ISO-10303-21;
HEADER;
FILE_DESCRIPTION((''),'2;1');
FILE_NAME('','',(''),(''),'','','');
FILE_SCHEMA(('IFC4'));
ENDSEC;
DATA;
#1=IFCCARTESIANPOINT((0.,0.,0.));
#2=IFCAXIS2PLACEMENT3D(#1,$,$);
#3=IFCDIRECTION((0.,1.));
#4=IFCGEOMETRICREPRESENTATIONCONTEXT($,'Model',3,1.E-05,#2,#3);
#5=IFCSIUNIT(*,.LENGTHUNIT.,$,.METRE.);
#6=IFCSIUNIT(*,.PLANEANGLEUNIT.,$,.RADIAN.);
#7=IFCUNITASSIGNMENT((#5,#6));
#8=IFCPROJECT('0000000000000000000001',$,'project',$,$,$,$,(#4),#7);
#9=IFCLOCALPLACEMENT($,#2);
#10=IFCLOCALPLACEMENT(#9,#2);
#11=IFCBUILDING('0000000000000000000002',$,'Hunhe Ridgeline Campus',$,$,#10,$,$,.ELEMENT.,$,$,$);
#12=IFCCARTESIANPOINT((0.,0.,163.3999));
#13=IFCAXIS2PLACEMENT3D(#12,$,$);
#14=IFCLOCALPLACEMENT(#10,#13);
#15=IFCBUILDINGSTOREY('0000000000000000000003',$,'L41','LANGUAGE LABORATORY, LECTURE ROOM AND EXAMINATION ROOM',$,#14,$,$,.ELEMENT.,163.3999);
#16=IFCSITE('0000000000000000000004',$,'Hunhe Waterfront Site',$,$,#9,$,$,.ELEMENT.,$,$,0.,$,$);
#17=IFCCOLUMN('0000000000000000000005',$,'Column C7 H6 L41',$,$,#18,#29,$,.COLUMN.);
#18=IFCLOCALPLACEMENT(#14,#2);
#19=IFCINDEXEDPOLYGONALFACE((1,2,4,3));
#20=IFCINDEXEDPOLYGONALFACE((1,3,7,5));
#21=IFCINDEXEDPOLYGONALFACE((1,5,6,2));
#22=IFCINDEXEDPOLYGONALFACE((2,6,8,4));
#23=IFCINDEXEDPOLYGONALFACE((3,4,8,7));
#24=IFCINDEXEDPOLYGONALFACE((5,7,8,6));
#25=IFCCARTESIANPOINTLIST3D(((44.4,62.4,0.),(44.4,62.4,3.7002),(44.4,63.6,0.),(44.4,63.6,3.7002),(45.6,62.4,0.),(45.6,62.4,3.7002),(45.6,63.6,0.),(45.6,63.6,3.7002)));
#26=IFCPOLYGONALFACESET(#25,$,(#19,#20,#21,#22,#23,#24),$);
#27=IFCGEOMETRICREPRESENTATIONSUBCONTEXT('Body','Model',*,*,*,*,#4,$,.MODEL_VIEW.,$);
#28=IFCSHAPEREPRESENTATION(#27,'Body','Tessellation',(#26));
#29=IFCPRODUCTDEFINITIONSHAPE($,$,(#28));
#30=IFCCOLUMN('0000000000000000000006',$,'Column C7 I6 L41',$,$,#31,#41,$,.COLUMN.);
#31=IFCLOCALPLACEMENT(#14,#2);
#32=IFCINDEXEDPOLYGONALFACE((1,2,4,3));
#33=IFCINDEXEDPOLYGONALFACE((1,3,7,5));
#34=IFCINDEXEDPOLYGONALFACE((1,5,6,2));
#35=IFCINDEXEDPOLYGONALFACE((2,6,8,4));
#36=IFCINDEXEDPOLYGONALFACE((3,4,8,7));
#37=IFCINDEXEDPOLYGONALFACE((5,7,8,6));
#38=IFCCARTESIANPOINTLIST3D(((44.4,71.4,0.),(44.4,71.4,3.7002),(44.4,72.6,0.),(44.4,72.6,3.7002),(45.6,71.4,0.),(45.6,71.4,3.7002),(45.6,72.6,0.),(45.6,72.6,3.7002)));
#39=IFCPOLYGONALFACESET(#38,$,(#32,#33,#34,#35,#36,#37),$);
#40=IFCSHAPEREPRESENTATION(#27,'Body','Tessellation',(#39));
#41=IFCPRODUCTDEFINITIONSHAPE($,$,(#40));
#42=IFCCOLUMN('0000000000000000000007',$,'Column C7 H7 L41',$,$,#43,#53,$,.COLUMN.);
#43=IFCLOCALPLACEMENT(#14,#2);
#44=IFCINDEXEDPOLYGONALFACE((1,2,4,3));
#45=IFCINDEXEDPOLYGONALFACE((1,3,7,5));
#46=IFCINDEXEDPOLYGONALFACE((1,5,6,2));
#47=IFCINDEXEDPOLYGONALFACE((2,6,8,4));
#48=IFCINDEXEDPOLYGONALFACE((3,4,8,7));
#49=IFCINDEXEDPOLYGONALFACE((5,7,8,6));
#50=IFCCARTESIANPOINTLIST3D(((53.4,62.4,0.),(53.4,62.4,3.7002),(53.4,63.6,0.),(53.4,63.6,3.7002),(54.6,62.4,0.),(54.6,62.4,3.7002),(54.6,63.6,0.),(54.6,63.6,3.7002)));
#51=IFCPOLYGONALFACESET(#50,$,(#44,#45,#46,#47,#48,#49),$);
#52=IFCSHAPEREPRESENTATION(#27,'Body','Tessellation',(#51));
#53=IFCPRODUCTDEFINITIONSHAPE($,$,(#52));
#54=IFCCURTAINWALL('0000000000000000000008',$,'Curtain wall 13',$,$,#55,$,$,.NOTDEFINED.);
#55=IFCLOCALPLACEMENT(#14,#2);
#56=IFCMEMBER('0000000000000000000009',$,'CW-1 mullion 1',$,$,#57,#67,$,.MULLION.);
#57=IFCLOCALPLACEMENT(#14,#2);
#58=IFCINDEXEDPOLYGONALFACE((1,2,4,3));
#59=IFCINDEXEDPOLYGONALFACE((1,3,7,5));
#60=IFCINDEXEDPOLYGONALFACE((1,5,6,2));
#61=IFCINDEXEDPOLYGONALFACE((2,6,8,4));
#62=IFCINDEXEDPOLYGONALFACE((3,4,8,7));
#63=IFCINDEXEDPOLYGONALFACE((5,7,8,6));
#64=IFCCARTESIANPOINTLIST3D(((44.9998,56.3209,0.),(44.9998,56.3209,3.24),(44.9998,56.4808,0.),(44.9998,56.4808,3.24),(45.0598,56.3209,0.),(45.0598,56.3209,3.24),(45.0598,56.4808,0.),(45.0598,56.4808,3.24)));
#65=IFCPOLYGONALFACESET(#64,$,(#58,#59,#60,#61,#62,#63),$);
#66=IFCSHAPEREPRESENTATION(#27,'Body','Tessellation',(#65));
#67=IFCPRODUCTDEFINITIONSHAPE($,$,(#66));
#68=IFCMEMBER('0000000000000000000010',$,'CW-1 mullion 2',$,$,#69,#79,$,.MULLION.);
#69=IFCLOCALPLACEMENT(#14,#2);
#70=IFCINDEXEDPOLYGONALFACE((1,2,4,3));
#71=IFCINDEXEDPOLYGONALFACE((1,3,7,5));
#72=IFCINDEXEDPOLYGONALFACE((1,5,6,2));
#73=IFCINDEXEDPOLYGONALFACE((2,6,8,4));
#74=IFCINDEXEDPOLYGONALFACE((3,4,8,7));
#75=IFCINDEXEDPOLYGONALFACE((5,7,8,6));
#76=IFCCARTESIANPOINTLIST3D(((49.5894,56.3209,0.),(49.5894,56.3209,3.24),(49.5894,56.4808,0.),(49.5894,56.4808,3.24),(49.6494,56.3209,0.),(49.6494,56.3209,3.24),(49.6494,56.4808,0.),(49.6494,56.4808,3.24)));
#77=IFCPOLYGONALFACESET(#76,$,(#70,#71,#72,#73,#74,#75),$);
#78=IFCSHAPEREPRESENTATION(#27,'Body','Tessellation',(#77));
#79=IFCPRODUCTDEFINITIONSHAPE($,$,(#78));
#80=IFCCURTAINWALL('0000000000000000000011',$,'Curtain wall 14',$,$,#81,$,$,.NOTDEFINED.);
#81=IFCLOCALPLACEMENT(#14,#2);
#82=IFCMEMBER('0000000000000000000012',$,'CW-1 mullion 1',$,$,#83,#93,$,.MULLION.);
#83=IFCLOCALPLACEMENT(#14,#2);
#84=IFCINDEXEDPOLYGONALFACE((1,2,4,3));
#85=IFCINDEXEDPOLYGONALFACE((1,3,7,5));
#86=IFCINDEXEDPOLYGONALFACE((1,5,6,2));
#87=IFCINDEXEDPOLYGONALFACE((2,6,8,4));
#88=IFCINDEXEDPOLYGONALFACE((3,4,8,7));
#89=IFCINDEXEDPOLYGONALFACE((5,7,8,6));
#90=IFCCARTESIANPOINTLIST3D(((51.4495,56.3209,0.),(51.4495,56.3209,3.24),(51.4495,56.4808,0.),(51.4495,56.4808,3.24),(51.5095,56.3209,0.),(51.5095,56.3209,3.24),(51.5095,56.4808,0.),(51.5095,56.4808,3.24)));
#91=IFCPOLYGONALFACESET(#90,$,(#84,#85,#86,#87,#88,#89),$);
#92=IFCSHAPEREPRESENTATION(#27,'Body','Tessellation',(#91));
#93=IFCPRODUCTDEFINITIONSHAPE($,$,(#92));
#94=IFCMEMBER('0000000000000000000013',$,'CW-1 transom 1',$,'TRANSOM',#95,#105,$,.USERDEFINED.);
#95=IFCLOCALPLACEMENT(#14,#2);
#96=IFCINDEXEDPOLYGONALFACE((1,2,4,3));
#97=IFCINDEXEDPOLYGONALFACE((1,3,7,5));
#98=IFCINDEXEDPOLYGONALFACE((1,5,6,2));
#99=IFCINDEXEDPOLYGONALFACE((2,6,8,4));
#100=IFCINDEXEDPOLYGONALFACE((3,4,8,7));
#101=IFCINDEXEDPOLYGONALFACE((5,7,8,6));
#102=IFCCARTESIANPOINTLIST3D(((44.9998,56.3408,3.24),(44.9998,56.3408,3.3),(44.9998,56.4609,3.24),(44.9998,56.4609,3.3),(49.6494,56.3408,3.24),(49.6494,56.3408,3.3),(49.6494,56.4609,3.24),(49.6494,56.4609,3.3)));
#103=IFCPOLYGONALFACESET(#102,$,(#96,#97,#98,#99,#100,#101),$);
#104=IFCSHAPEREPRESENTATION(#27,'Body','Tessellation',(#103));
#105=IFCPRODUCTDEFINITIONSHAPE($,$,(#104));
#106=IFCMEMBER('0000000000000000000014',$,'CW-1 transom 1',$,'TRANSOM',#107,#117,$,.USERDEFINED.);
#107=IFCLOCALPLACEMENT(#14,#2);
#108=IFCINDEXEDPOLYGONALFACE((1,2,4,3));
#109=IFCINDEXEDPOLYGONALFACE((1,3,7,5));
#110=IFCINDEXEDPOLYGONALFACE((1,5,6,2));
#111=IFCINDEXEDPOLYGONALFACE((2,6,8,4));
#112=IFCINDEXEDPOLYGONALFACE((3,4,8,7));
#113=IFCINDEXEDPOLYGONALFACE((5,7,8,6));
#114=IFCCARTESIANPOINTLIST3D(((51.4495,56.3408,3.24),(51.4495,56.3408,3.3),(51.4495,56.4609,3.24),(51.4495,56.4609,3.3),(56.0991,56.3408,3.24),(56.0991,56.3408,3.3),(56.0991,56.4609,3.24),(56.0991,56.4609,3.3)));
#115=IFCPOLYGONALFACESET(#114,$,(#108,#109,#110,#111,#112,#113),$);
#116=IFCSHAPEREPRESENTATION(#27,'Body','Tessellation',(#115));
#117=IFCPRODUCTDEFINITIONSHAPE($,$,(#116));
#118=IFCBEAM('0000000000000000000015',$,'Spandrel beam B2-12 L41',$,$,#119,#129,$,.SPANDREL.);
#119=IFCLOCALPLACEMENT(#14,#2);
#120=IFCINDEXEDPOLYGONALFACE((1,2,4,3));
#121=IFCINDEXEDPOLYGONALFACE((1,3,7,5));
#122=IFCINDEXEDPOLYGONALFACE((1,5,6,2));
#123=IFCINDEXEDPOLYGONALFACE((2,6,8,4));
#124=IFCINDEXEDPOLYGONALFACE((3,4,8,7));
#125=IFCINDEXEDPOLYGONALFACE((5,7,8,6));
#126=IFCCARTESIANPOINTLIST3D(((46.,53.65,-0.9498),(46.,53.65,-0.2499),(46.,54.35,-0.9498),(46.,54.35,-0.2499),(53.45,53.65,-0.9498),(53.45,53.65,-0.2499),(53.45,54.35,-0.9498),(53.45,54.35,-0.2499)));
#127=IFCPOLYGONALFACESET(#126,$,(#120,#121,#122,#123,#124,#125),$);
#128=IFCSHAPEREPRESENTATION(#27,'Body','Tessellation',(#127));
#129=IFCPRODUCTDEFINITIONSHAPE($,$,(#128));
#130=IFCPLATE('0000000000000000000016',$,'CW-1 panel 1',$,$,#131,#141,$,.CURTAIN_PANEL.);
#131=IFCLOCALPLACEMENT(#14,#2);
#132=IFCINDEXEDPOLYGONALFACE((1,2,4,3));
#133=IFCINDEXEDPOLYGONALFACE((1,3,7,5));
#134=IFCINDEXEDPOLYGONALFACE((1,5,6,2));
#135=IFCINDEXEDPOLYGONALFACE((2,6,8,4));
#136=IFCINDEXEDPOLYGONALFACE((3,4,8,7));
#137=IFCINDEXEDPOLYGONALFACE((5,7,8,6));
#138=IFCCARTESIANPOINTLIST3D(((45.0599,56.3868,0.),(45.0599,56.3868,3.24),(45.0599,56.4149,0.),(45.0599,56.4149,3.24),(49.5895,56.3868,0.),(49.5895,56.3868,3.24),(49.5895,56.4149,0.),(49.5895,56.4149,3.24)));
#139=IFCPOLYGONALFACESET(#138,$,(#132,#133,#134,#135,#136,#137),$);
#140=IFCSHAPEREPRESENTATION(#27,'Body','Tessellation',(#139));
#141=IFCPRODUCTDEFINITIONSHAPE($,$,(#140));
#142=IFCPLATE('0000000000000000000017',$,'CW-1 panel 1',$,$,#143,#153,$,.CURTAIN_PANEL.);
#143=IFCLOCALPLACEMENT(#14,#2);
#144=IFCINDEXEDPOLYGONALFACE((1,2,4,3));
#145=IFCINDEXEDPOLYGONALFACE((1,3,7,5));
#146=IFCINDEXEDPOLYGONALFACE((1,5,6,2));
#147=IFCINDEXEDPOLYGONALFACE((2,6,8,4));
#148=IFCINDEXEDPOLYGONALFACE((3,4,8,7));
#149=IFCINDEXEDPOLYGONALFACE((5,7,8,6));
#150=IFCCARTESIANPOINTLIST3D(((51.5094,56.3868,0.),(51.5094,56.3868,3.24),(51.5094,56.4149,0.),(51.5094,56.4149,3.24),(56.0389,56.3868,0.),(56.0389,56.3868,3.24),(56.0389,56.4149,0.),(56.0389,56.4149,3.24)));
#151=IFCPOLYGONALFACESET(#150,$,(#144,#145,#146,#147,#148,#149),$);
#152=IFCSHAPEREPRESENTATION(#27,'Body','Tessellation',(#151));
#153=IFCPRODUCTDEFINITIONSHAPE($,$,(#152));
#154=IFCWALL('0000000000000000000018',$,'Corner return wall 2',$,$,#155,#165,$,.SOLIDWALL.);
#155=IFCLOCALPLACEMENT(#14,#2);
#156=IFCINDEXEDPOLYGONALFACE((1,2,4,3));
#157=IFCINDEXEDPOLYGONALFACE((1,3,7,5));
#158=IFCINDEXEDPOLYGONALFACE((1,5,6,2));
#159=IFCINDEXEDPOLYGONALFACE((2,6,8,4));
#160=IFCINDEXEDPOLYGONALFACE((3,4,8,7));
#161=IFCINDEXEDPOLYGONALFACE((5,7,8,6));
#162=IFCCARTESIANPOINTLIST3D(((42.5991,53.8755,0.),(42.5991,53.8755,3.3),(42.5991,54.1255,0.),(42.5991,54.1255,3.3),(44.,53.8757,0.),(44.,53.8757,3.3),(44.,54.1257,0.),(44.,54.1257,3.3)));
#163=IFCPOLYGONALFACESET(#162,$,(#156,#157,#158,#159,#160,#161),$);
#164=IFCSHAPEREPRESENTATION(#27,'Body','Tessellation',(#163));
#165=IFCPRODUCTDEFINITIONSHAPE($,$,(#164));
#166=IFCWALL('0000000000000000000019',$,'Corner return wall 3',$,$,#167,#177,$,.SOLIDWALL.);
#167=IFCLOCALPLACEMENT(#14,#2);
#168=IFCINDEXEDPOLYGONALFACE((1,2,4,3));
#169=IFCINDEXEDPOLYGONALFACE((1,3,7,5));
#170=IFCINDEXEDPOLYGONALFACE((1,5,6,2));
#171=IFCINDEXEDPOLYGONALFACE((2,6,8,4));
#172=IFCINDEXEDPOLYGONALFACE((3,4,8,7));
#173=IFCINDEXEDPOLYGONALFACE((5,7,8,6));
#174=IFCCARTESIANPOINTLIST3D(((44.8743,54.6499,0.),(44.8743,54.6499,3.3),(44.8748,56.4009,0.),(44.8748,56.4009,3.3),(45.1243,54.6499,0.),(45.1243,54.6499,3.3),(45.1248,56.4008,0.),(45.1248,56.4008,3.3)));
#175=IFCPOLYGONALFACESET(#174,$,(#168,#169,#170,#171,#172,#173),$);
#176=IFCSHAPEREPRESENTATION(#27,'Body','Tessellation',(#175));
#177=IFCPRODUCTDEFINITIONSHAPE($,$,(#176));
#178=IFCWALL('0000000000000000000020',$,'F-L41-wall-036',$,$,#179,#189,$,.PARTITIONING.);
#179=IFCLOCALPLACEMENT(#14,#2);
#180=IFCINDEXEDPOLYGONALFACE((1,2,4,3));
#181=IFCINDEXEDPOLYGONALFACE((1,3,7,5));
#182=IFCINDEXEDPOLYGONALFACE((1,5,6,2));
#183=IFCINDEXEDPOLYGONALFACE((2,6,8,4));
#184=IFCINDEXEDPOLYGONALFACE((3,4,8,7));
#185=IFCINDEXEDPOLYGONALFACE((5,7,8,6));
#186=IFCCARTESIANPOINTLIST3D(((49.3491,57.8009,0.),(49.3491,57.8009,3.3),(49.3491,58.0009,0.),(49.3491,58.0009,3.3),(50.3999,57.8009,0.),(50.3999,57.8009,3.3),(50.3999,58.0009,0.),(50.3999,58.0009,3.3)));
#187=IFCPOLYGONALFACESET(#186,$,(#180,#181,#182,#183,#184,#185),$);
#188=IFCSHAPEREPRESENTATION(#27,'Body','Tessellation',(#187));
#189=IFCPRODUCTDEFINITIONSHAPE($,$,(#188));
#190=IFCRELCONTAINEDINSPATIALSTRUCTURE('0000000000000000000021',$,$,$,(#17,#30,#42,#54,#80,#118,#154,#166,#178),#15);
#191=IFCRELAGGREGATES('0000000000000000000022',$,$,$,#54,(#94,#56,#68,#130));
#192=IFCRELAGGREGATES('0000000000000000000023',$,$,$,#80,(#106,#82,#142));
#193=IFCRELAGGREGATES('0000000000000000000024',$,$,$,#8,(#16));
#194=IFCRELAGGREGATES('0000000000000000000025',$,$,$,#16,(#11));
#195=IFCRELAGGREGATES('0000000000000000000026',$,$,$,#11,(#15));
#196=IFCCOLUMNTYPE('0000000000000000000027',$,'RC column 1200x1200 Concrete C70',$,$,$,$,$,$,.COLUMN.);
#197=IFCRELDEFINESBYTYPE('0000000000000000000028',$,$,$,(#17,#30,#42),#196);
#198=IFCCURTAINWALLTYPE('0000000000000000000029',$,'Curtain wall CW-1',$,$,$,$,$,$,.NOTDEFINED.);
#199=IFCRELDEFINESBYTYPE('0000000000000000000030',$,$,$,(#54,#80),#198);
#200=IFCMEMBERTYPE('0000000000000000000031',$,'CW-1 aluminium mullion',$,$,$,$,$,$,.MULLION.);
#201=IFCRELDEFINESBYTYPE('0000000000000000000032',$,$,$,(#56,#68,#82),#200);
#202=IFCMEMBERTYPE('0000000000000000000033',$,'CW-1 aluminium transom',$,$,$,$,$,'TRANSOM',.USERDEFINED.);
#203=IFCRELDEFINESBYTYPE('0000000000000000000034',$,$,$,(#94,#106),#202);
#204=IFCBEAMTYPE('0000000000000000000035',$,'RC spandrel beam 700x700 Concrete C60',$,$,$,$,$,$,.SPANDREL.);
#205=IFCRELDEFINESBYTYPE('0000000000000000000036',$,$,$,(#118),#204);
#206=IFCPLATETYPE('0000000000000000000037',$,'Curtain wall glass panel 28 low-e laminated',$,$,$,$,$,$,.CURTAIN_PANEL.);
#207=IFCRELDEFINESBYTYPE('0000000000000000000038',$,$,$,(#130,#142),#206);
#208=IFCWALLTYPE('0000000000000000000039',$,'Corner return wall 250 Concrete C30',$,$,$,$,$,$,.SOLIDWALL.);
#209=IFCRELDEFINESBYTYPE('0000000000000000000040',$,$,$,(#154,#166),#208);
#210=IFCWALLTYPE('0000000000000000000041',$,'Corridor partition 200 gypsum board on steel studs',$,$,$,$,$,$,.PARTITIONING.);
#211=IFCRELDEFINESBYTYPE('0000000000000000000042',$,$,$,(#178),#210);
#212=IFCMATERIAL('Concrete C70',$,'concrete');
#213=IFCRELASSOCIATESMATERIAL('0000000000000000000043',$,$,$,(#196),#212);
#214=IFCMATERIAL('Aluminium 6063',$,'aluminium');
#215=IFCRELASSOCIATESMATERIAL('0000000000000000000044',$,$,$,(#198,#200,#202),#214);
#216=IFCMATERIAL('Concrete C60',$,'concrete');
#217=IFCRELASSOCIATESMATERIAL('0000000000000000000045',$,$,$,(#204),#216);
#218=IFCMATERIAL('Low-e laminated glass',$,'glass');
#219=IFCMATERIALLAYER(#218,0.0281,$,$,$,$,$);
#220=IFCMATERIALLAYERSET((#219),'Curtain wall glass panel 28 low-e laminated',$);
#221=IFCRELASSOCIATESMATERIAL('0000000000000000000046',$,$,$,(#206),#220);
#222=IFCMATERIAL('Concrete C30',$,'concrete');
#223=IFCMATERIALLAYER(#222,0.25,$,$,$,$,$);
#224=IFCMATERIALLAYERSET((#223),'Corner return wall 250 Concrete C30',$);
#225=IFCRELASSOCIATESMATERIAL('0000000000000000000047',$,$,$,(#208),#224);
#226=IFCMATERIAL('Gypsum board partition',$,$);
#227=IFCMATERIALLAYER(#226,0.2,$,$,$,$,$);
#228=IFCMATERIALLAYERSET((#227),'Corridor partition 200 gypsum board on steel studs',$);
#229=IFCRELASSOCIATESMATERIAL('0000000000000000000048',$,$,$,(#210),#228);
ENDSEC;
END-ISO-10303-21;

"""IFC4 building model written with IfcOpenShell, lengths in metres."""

from ifc_helpers import new_model, si_unit, direction, frame, frame_2d, origin, origin_2d, place, context, subcontext, project, spatial, rectangle, extrude, material, layer, layer_set, material_profile, profile_set, type_object, element, aggregate, save


model = new_model("IFC4")

# Units and contexts
model_context = context("Model", 3, precision=1e-05, world=origin(), true_north=direction((0.0, 1.0)))
body_context = subcontext(model_context, "Body", "Model", "MODEL_VIEW")
ifc_project = project(units=[si_unit("LENGTHUNIT", "METRE"), si_unit("PLANEANGLEUNIT", "RADIAN")], contexts=[model_context])

# Site, building, storey
site_placement = place(None, origin())
site = spatial("IfcSite", under=ifc_project, at=site_placement, Name="Hunhe Waterfront Site", CompositionType="ELEMENT", RefElevation=0.0)
building_placement = place(site_placement, origin())
building = spatial("IfcBuilding", under=site, at=building_placement, Name="Hunhe Ridgeline Campus", CompositionType="ELEMENT")
storey_placement = place(building_placement, frame((0.0, 0.0, 163.3999)))
storey = spatial("IfcBuildingStorey", under=building, at=storey_placement, Name="L41", Description="LANGUAGE LABORATORY, LECTURE ROOM AND EXAMINATION ROOM", CompositionType="ELEMENT", Elevation=163.3999)

# Columns
ifc_material_1 = material(Name="Concrete C70", Category="concrete")
ifc_material_profile_1 = material_profile(ifc_material_1, rectangle(XDim=1.2, YDim=1.2, at=origin_2d()))
ifc_profile_set_1 = profile_set([ifc_material_profile_1], Name="Concrete C70")
column_type = type_object("IfcColumnType", Name="RC column 1200x1200 Concrete C70", PredefinedType="COLUMN", material=ifc_profile_set_1)
for number, where, z_axis, x_axis, name in (
    (1, (45.0, 63.0, 0.0), (0.0, 0.0, 1.0), (1.0, 0.0, 0.0), "Column C7 H6 L41"),
    (2, (45.0, 72.0, 0.0), (0.0, 0.0, 1.0), (1.0, 0.0, 0.0), "Column C7 I6 L41"),
    (3, (54.0, 63.0, 0.0), (0.0, 0.0, 1.0), (1.0, 0.0, 0.0), "Column C7 H7 L41"),
):
    element("IfcColumn", number, at=place(storey_placement, frame(where, z_axis=z_axis, x_axis=x_axis)), inside=storey, type_object=column_type, Name=name, PredefinedType="COLUMN", context=body_context, shape_type="SweptSolid", body=[
        extrude(rectangle(XDim=1.2, YDim=1.2, at=origin_2d()), origin(), (0.0, 0.0, 1.0), 3.7002),
    ])

# Curtain wall, members
ifc_material_2 = material(Name="Aluminium 6063", Category="aluminium")
curtain_wall_type = type_object("IfcCurtainWallType", Name="Curtain wall CW-1", PredefinedType="NOTDEFINED", material=ifc_material_2)
curtain_wall_1_placement = place(storey_placement, origin())
curtain_wall_1 = element("IfcCurtainWall", 4, at=curtain_wall_1_placement, inside=storey, type_object=curtain_wall_type, Name="Curtain wall 13", PredefinedType="NOTDEFINED")
ifc_material_profile_2 = material_profile(ifc_material_2, rectangle(XDim=0.1599, YDim=0.0601, at=origin_2d()))
ifc_profile_set_2 = profile_set([ifc_material_profile_2], Name="Aluminium 6063")
member_type_1 = type_object("IfcMemberType", Name="CW-1 aluminium mullion", PredefinedType="MULLION", material=ifc_profile_set_2)
member_1_placement = place(storey_placement, frame((45.0298, 56.4009, 0.0), z_axis=(0.0, 0.0, 1.0), x_axis=(-0.000002, 1.0, 0.0)))
member_1 = element("IfcMember", 5, at=member_1_placement, type_object=member_type_1, Name="CW-1 mullion 1", PredefinedType="MULLION", context=body_context, shape_type="SweptSolid", body=[
    extrude(rectangle(XDim=0.1599, YDim=0.0601, at=origin_2d()), origin(), (0.0, 0.0, 1.0), 3.24),
])
member_2_placement = place(storey_placement, frame((49.6194, 56.4009, 0.0), z_axis=(0.0, 0.0, 1.0), x_axis=(-0.000002, 1.0, 0.0)))
member_2 = element("IfcMember", 6, at=member_2_placement, type_object=member_type_1, Name="CW-1 mullion 2", PredefinedType="MULLION", context=body_context, shape_type="SweptSolid", body=[
    extrude(rectangle(XDim=0.1599, YDim=0.0601, at=origin_2d()), origin(), (0.0, 0.0, 1.0), 3.24),
])

# Curtain wall, member
curtain_wall_2_placement = place(storey_placement, origin())
curtain_wall_2 = element("IfcCurtainWall", 7, at=curtain_wall_2_placement, inside=storey, type_object=curtain_wall_type, Name="Curtain wall 14", PredefinedType="NOTDEFINED")
member_3_placement = place(storey_placement, frame((51.4795, 56.4009, 0.0), z_axis=(0.0, 0.0, 1.0), x_axis=(-0.000002, 1.0, 0.0)))
member_3 = element("IfcMember", 8, at=member_3_placement, type_object=member_type_1, Name="CW-1 mullion 1", PredefinedType="MULLION", context=body_context, shape_type="SweptSolid", body=[
    extrude(rectangle(XDim=0.1599, YDim=0.0601, at=origin_2d()), origin(), (0.0, 0.0, 1.0), 3.24),
])

# Members
ifc_material_profile_3 = material_profile(ifc_material_2, rectangle(XDim=0.1201, YDim=0.0601, at=origin_2d()))
ifc_profile_set_3 = profile_set([ifc_material_profile_3], Name="Aluminium 6063")
member_type_2 = type_object("IfcMemberType", Name="CW-1 aluminium transom", ElementType="TRANSOM", PredefinedType="USERDEFINED", material=ifc_profile_set_3)
member_4_placement = place(storey_placement, frame((44.9998, 56.4009, 3.27), z_axis=(1.0, 0.0, 0.0), x_axis=(0.0, 1.0, 0.0)))
member_4 = element("IfcMember", 9, at=member_4_placement, type_object=member_type_2, Name="CW-1 transom 1", ObjectType="TRANSOM", PredefinedType="USERDEFINED", context=body_context, shape_type="SweptSolid", body=[
    extrude(rectangle(XDim=0.1201, YDim=0.0601, at=origin_2d()), origin(), (0.0, 0.0, 1.0), 4.6497),
])
member_5_placement = place(storey_placement, frame((51.4495, 56.4009, 3.27), z_axis=(1.0, 0.0, 0.0), x_axis=(0.0, 1.0, 0.0)))
member_5 = element("IfcMember", 10, at=member_5_placement, type_object=member_type_2, Name="CW-1 transom 1", ObjectType="TRANSOM", PredefinedType="USERDEFINED", context=body_context, shape_type="SweptSolid", body=[
    extrude(rectangle(XDim=0.1201, YDim=0.0601, at=origin_2d()), origin(), (0.0, 0.0, 1.0), 4.6497),
])

# Beam
ifc_material_3 = material(Name="Concrete C60", Category="concrete")
ifc_material_profile_4 = material_profile(ifc_material_3, rectangle(XDim=0.7, YDim=0.7, at=origin_2d()))
ifc_profile_set_4 = profile_set([ifc_material_profile_4], Name="Concrete C60")
beam_type = type_object("IfcBeamType", Name="RC spandrel beam 700x700 Concrete C60", PredefinedType="SPANDREL", material=ifc_profile_set_4)
beam_placement = place(storey_placement, frame((46.0, 54.0, -0.5999), z_axis=(1.0, 0.0, 0.0), x_axis=(0.0, 1.0, 0.0)))
element("IfcBeam", 11, at=beam_placement, inside=storey, type_object=beam_type, Name="Spandrel beam B2-12 L41", PredefinedType="SPANDREL", context=body_context, shape_type="SweptSolid", body=[
    extrude(rectangle(XDim=0.7, YDim=0.7, at=origin_2d()), origin(), (0.0, 0.0, 1.0), 7.45),
])

# Plates
ifc_material_4 = material(Name="Low-e laminated glass", Category="glass")
ifc_layer_1 = layer(ifc_material_4, 0.0281)
ifc_layer_set_1 = layer_set([ifc_layer_1], Name="Curtain wall glass panel 28 low-e laminated")
plate_type = type_object("IfcPlateType", Name="Curtain wall glass panel 28 low-e laminated", PredefinedType="CURTAIN_PANEL", material=ifc_layer_set_1)
plate_1_placement = place(storey_placement, frame((47.3247, 56.4009, 0.0), z_axis=(0.0, 0.0, 1.0), x_axis=(1.0, 0.000002, 0.0)))
plate_1 = element("IfcPlate", 12, at=plate_1_placement, type_object=plate_type, Name="CW-1 panel 1", PredefinedType="CURTAIN_PANEL", context=body_context, shape_type="SweptSolid", body=[
    extrude(rectangle(XDim=4.5295, YDim=0.0281, at=origin_2d()), origin(), (0.0, 0.0, 1.0), 3.24),
])
aggregate(curtain_wall_1, [member_4, member_1, member_2, plate_1])
plate_2_placement = place(storey_placement, frame((53.7742, 56.4009, 0.0), z_axis=(0.0, 0.0, 1.0), x_axis=(1.0, 0.000002, 0.0)))
plate_2 = element("IfcPlate", 13, at=plate_2_placement, type_object=plate_type, Name="CW-1 panel 1", PredefinedType="CURTAIN_PANEL", context=body_context, shape_type="SweptSolid", body=[
    extrude(rectangle(XDim=4.5295, YDim=0.0281, at=origin_2d()), origin(), (0.0, 0.0, 1.0), 3.24),
])
aggregate(curtain_wall_2, [member_5, member_3, plate_2])

# Walls
ifc_material_5 = material(Name="Concrete C30", Category="concrete")
ifc_layer_2 = layer(ifc_material_5, 0.25)
ifc_layer_set_2 = layer_set([ifc_layer_2], Name="Corner return wall 250 Concrete C30")
wall_type_1 = type_object("IfcWallType", Name="Corner return wall 250 Concrete C30", PredefinedType="SOLIDWALL", material=ifc_layer_set_2)
wall_1_placement = place(storey_placement, frame((42.5991, 54.0005, 0.0), z_axis=(0.0, 0.0, 1.0), x_axis=(1.0, 0.000174, 0.0)))
element("IfcWall", 14, at=wall_1_placement, inside=storey, type_object=wall_type_1, Name="Corner return wall 2", PredefinedType="SOLIDWALL", context=body_context, shape_type="SweptSolid", body=[
    extrude(rectangle(XDim=1.4009, YDim=0.25, at=frame_2d((0.7004, 0.0))), origin(), (0.0, 0.0, 1.0), 3.3),
])
wall_2_placement = place(storey_placement, frame((44.9993, 54.6499, 0.0), z_axis=(0.0, 0.0, 1.0), x_axis=(0.000279, 1.0, 0.0)))
element("IfcWall", 15, at=wall_2_placement, inside=storey, type_object=wall_type_1, Name="Corner return wall 3", PredefinedType="SOLIDWALL", context=body_context, shape_type="SweptSolid", body=[
    extrude(rectangle(XDim=1.751, YDim=0.25, at=frame_2d((0.8755, 0.0))), origin(), (0.0, 0.0, 1.0), 3.3),
])
ifc_material_6 = material(Name="Gypsum board partition")
ifc_layer_3 = layer(ifc_material_6, 0.2)
ifc_layer_set_3 = layer_set([ifc_layer_3], Name="Corridor partition 200 gypsum board on steel studs")
wall_type_2 = type_object("IfcWallType", Name="Corridor partition 200 gypsum board on steel studs", PredefinedType="PARTITIONING", material=ifc_layer_set_3)
wall_3_placement = place(storey_placement, frame((49.3491, 57.9009, 0.0), z_axis=(0.0, 0.0, 1.0), x_axis=(1.0, 0.0, 0.0)))
element("IfcWall", 16, at=wall_3_placement, inside=storey, type_object=wall_type_2, Name="F-L41-wall-036", PredefinedType="PARTITIONING", context=body_context, shape_type="SweptSolid", body=[
    extrude(rectangle(XDim=1.0508, YDim=0.2, at=frame_2d((0.5254, 0.0))), origin(), (0.0, 0.0, 1.0), 3.3),
])

save(model, "model.ifc")
